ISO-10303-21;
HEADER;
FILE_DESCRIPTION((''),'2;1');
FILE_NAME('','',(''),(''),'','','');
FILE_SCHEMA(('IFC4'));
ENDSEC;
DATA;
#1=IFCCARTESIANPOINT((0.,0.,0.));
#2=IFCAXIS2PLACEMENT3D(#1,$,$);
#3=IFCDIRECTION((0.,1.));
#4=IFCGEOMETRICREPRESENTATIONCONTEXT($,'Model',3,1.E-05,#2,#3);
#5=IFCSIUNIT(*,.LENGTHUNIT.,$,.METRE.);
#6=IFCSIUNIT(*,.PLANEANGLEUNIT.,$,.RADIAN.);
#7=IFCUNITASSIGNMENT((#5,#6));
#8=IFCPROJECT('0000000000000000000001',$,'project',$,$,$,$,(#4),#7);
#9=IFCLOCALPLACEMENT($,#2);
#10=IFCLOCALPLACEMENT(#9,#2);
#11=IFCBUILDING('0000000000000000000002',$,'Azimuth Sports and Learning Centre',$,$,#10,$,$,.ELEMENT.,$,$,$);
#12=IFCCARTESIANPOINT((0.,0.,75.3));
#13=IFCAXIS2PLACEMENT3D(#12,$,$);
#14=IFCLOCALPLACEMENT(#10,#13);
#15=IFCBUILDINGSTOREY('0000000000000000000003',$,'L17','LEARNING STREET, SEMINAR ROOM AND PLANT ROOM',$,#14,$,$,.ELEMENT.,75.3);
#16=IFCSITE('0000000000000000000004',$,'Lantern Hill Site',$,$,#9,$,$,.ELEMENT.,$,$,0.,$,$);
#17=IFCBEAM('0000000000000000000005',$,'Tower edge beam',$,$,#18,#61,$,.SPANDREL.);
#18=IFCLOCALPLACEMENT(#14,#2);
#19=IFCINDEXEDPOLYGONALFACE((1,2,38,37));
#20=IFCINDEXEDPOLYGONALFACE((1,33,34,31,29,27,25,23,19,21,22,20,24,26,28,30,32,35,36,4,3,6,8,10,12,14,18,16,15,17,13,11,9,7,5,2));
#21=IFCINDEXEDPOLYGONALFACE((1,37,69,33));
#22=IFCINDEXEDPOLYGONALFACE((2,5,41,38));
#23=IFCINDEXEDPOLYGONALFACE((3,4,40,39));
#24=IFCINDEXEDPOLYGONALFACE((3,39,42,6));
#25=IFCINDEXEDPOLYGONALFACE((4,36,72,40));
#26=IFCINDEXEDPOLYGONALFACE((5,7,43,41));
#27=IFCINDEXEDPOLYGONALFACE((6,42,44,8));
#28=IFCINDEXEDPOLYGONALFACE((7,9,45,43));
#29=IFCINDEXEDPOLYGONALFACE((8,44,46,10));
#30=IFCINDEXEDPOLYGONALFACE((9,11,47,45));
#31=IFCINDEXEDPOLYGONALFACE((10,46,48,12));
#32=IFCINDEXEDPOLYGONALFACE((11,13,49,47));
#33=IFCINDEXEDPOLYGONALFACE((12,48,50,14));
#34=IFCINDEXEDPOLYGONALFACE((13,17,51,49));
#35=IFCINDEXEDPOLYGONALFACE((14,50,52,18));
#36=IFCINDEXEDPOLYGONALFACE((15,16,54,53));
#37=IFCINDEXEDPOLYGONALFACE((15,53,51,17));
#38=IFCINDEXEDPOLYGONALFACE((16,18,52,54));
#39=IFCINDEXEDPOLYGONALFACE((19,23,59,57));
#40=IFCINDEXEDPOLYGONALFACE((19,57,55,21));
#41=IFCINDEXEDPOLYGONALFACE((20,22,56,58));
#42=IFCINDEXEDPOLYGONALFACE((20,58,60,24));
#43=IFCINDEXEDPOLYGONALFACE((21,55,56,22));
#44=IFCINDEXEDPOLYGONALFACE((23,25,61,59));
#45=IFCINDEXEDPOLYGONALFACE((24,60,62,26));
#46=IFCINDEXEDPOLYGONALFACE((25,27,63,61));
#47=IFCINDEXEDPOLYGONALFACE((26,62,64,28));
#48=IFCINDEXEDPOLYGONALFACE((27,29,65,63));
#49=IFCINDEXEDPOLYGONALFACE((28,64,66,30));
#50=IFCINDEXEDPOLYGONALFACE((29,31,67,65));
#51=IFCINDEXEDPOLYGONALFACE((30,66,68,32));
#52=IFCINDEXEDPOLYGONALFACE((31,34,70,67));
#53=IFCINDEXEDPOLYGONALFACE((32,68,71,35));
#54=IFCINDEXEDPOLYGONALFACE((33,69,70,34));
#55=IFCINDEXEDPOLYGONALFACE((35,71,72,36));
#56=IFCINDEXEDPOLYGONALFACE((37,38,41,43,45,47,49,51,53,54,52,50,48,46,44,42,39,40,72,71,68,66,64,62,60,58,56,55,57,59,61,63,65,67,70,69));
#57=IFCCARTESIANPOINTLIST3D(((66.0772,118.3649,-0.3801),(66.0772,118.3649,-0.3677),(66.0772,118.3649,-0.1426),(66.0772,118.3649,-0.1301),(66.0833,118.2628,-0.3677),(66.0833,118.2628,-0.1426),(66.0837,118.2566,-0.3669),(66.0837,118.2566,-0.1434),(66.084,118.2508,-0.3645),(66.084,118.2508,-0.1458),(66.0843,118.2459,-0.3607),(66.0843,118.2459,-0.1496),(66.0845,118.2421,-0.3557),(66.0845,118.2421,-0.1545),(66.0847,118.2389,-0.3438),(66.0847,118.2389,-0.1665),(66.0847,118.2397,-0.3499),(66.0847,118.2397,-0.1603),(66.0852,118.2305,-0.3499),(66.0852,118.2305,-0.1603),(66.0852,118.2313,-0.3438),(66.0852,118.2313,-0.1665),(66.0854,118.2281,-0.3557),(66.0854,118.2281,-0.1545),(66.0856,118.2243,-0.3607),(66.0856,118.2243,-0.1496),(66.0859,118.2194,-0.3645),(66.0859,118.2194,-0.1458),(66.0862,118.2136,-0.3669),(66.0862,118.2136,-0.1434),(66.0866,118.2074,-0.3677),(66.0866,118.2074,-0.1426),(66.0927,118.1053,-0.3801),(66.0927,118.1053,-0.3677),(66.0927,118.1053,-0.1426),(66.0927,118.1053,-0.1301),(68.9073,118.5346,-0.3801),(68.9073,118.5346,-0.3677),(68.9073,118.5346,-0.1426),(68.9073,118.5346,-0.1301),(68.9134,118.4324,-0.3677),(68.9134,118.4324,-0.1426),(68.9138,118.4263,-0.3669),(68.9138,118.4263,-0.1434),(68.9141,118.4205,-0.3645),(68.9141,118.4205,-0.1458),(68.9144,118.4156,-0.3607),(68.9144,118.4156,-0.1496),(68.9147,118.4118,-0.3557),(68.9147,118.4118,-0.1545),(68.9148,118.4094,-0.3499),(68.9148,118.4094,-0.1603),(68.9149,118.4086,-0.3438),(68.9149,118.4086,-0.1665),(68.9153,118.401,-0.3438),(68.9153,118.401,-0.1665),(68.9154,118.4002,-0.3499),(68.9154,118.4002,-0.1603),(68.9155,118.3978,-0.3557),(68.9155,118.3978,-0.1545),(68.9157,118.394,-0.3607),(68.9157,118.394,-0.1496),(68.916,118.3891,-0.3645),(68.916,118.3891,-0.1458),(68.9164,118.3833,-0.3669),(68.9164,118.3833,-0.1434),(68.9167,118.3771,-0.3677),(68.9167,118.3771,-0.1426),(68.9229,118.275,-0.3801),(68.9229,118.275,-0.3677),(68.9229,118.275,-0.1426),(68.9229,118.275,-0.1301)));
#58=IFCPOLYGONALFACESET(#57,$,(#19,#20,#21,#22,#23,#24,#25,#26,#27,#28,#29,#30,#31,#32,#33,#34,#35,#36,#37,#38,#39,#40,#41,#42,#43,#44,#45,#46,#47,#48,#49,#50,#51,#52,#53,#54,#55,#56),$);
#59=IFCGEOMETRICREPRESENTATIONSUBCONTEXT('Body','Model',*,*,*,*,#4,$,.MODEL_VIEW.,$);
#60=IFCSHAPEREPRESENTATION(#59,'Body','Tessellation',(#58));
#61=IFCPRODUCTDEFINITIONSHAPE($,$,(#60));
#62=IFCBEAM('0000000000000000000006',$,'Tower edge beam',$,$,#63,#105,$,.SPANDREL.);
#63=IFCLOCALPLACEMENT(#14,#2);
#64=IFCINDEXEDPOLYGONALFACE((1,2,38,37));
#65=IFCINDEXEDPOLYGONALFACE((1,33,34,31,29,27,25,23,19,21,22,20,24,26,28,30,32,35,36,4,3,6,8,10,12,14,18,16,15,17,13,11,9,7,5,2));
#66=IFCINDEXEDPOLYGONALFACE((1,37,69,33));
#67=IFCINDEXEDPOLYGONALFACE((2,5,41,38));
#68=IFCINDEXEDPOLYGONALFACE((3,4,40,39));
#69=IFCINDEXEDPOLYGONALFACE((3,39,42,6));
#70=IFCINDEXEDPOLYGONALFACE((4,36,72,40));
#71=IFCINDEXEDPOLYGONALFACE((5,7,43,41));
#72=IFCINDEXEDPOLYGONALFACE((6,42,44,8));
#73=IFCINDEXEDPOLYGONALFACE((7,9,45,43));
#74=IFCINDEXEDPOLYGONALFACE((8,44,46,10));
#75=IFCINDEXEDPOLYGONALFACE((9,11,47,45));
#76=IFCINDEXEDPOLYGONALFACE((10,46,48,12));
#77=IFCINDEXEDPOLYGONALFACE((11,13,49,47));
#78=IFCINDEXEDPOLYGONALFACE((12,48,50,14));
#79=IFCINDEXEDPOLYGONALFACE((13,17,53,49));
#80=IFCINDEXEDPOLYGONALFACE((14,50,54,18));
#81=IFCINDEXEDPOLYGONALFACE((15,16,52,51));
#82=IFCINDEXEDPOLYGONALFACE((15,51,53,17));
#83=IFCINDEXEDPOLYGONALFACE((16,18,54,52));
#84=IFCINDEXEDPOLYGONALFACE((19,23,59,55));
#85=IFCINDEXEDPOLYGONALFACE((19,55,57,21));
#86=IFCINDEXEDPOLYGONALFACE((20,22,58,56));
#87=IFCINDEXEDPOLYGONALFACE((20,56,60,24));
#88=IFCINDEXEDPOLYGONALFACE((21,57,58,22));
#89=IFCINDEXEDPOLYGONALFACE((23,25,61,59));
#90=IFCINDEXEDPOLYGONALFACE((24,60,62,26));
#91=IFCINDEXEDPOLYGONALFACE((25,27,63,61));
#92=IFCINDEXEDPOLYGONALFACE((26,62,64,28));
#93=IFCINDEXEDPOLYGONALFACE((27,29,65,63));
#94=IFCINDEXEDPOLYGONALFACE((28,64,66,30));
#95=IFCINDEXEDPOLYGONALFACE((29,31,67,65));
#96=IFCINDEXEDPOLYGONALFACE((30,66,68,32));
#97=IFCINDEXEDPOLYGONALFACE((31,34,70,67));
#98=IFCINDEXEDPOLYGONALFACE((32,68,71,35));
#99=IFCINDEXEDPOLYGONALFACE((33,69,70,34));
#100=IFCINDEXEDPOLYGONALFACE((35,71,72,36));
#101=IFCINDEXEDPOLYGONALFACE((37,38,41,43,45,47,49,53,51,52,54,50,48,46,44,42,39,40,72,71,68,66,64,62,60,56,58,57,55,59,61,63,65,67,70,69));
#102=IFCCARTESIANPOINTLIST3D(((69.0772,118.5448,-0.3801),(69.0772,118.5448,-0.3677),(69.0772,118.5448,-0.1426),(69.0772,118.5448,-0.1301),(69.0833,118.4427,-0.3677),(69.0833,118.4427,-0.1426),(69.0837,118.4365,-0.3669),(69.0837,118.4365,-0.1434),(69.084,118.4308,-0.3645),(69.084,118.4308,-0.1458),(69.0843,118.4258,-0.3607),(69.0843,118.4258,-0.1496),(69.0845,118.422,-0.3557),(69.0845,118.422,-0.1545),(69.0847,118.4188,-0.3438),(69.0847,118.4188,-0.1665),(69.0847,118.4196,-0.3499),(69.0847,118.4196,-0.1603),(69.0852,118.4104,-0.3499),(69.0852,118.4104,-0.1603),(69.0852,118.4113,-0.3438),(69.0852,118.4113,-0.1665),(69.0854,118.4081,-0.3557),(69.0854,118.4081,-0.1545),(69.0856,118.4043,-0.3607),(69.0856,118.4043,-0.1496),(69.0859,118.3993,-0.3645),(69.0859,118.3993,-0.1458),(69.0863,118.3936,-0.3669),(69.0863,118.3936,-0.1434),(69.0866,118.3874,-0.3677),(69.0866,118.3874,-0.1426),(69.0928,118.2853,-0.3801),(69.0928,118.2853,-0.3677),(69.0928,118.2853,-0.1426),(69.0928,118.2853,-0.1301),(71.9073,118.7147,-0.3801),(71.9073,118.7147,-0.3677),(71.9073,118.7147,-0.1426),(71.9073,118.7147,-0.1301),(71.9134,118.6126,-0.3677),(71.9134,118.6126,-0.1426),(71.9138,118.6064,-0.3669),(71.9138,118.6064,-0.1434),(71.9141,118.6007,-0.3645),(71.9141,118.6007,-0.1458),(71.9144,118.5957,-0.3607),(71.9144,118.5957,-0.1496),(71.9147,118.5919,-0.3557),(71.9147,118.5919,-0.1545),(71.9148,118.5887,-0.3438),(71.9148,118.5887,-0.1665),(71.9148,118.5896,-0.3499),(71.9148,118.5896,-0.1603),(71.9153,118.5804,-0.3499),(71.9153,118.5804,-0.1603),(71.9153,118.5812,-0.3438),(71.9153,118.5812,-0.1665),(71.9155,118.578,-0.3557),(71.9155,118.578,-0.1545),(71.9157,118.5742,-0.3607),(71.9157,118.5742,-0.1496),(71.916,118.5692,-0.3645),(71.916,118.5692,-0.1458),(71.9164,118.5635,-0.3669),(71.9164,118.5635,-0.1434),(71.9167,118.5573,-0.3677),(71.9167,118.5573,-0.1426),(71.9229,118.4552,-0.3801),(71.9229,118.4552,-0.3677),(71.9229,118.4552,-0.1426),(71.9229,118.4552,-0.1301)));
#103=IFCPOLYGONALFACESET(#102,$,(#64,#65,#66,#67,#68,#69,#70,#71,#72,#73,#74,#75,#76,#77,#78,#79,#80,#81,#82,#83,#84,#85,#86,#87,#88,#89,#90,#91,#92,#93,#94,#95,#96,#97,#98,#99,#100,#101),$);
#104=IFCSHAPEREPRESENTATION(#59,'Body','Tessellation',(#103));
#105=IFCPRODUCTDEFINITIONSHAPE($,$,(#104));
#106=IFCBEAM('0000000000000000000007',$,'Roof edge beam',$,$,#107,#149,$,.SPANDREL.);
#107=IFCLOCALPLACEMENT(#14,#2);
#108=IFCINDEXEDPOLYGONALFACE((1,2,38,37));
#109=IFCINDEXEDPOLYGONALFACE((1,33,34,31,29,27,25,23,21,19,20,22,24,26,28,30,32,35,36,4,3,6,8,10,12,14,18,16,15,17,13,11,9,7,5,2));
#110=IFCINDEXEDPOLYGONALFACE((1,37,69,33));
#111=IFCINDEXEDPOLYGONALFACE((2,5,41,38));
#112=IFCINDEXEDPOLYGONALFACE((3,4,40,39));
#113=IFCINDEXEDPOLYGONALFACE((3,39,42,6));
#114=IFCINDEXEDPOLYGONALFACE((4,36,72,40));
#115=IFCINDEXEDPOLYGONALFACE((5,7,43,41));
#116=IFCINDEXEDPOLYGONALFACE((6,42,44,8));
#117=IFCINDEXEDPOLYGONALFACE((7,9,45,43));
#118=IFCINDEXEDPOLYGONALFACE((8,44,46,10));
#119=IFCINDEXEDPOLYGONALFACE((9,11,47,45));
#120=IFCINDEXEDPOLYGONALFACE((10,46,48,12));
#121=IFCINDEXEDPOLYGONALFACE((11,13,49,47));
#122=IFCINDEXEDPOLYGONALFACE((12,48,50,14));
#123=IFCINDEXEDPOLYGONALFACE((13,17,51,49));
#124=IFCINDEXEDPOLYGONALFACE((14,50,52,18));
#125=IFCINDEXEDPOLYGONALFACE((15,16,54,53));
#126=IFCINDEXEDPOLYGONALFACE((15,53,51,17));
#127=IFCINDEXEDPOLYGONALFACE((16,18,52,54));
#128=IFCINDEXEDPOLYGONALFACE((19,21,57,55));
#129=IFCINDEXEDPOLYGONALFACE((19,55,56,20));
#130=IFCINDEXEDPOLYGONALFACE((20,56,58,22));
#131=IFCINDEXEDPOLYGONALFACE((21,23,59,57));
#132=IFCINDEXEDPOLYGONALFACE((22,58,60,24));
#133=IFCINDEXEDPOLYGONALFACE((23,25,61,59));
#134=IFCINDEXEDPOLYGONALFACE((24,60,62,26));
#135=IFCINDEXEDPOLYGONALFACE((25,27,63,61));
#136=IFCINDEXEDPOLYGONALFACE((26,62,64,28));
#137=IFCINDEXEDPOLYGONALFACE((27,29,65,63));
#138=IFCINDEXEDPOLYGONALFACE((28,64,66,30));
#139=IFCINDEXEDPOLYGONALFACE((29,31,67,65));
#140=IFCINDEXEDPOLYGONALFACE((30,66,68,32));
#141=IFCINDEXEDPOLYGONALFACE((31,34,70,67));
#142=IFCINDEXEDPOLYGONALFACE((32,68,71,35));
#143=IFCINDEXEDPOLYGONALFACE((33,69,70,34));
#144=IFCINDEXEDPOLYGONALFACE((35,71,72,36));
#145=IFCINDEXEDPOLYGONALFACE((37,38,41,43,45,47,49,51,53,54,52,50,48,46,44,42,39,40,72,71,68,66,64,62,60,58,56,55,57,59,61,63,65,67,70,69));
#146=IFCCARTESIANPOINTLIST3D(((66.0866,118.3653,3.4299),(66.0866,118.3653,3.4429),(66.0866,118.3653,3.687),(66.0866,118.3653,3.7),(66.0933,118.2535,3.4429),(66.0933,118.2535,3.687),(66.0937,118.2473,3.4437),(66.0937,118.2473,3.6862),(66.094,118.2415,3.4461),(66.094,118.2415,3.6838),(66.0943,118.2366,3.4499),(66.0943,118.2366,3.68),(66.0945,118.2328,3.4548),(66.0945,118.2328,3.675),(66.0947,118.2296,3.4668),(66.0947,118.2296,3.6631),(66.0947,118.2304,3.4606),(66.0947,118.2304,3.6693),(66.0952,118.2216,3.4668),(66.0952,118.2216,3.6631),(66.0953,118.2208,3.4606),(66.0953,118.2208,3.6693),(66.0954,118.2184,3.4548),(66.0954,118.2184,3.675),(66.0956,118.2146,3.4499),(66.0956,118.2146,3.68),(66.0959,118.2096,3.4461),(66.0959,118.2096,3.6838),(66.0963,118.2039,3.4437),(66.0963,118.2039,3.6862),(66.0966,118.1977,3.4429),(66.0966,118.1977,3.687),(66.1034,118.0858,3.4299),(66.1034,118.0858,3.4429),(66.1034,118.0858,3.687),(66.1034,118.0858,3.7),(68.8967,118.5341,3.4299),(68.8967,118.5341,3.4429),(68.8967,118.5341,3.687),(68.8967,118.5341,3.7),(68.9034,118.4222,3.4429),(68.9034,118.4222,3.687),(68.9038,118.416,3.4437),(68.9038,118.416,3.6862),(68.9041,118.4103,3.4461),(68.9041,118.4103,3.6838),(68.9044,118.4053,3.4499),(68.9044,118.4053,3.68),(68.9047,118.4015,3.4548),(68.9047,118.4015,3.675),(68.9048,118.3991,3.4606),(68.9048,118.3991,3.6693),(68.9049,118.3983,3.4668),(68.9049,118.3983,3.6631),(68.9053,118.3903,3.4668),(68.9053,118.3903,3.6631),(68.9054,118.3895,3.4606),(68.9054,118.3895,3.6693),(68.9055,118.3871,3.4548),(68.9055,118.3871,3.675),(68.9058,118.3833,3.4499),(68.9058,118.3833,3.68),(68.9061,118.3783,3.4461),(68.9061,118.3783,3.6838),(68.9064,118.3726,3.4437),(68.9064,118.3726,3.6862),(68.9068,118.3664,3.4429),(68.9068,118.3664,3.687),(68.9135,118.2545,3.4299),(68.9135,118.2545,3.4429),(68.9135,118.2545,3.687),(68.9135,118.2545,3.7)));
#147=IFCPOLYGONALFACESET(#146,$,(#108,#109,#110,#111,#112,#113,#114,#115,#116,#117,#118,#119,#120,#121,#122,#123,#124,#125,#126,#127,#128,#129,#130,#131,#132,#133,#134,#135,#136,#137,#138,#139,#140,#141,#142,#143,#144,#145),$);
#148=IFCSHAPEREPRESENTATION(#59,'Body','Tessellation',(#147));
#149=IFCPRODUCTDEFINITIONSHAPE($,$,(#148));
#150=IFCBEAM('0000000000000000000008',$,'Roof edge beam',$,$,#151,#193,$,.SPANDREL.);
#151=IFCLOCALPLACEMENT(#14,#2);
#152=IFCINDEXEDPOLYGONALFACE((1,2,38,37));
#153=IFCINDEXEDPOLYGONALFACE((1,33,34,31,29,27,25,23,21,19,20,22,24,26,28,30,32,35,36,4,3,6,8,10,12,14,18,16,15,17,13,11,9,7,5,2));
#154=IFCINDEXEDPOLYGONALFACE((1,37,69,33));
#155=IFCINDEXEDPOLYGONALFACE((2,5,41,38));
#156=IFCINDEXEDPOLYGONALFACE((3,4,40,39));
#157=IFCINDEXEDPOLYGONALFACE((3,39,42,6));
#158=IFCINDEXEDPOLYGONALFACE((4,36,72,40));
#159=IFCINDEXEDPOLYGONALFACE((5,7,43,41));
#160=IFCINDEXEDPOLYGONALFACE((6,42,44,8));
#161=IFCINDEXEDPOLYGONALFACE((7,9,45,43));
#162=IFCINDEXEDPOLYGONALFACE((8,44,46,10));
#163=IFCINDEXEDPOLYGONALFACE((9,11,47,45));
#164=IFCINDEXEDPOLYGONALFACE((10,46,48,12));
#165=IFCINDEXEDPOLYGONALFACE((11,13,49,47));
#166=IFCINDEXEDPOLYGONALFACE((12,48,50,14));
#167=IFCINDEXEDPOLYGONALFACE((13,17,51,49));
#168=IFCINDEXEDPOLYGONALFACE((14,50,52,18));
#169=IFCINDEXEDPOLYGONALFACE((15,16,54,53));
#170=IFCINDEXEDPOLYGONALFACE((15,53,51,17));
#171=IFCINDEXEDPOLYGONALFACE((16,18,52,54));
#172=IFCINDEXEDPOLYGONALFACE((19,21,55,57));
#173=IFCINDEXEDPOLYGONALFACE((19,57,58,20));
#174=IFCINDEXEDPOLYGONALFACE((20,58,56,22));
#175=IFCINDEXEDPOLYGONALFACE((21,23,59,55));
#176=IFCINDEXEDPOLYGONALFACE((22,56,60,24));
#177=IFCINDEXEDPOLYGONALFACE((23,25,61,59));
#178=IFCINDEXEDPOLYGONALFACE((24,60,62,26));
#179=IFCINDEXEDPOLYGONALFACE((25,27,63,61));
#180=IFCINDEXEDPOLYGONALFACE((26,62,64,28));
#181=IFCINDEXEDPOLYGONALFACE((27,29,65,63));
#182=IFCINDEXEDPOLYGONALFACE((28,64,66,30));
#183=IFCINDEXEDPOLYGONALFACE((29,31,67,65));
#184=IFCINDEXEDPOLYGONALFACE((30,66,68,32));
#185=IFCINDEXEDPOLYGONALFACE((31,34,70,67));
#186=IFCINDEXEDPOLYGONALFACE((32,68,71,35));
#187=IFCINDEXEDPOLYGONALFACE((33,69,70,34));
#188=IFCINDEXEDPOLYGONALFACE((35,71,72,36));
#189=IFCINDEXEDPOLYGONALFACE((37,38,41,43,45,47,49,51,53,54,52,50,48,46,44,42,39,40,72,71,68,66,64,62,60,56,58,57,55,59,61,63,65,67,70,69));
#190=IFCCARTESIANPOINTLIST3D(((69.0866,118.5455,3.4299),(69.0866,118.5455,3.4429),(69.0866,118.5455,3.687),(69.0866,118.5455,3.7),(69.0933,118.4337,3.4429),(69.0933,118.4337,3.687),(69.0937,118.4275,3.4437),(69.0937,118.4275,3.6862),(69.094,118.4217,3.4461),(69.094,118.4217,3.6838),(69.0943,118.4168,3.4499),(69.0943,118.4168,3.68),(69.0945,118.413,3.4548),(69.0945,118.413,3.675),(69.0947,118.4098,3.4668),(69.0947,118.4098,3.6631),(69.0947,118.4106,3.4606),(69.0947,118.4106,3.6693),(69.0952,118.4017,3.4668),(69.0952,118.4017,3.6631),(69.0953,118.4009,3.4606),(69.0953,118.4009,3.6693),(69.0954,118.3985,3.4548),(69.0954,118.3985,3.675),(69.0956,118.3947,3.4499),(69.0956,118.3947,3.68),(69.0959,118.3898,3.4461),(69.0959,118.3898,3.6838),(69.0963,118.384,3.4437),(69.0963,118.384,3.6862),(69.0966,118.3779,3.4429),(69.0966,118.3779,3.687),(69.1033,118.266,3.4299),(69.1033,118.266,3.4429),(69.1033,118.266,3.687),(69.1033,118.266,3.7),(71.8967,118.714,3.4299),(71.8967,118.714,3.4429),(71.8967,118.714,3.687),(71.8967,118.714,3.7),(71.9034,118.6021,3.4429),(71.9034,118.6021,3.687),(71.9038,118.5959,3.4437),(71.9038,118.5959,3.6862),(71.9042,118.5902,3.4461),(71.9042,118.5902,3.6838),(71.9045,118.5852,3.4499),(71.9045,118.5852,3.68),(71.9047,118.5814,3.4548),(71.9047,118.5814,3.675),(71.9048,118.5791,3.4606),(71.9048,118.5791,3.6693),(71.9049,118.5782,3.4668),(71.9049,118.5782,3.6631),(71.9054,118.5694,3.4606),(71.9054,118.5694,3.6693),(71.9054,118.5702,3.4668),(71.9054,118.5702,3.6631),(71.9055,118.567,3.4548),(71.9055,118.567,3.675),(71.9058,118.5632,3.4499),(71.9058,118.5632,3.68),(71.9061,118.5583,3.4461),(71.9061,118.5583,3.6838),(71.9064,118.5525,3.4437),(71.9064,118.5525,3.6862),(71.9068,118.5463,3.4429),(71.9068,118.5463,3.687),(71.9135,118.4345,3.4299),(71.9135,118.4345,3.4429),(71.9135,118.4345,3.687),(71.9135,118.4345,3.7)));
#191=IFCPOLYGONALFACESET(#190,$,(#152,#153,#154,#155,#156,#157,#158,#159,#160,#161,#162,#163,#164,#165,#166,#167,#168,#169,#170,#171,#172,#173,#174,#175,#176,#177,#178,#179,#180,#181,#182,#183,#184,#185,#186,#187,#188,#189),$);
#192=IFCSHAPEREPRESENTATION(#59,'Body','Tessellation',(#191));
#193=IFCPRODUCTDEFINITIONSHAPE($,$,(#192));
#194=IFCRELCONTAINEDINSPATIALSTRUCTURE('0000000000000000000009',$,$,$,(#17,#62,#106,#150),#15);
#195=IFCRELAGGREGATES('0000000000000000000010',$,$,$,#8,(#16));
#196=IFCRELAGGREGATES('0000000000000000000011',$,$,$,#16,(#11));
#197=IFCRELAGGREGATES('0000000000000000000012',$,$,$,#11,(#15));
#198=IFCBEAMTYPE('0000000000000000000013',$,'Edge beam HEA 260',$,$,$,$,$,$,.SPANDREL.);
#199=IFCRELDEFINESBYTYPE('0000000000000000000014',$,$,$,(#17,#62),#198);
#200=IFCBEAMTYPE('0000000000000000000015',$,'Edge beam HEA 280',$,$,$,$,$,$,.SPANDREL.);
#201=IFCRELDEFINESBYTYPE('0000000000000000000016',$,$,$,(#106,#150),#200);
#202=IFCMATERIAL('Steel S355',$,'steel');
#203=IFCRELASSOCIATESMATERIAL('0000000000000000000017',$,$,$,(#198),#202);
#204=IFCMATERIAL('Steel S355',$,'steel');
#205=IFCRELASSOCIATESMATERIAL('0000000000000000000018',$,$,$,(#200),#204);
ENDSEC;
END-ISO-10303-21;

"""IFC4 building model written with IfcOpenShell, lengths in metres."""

from ifc_helpers import new_model, si_unit, direction, frame, origin, origin_2d, place, context, subcontext, project, spatial, i_section, extrude, material, material_profile, profile_set, type_object, element, save


model = new_model("IFC4")

# Units and contexts
model_context = context("Model", 3, precision=1e-05, world=origin(), true_north=direction((0.0, 1.0)))
body_context = subcontext(model_context, "Body", "Model", "MODEL_VIEW")
ifc_project = project(units=[si_unit("LENGTHUNIT", "METRE"), si_unit("PLANEANGLEUNIT", "RADIAN")], contexts=[model_context])

# Site, building, storey
site_placement = place(None, origin())
site = spatial("IfcSite", under=ifc_project, at=site_placement, Name="Lantern Hill Site", CompositionType="ELEMENT", RefElevation=0.0)
building_placement = place(site_placement, origin())
building = spatial("IfcBuilding", under=site, at=building_placement, Name="Azimuth Sports and Learning Centre", CompositionType="ELEMENT")
storey_placement = place(building_placement, frame((0.0, 0.0, 75.3)))
storey = spatial("IfcBuildingStorey", under=building, at=storey_placement, Name="L17", Description="LEARNING STREET, SEMINAR ROOM AND PLANT ROOM", CompositionType="ELEMENT", Elevation=75.3)

# Beams
ifc_material_1 = material(Name="Steel S355", Category="steel")
ifc_material_profile_1 = material_profile(ifc_material_1, i_section(OverallWidth=0.26, OverallDepth=0.25, WebThickness=0.0076, FlangeThickness=0.0125, FilletRadius=0.0239, at=origin_2d()), Name="HEA 260")
ifc_profile_set_1 = profile_set([ifc_material_profile_1], Name="Steel S355")
beam_type_1 = type_object("IfcBeamType", Name="Edge beam HEA 260", PredefinedType="SPANDREL", material=ifc_profile_set_1)
for number, where, z_axis, x_axis, name in (
    (1, (66.085, 118.2351, -0.2551), (0.998208, 0.059848, 0.0), (-0.059848, 0.998208, 0.0), "Tower edge beam"),
    (2, (69.085, 118.415, -0.2551), (0.998202, 0.059933, 0.0), (-0.059933, 0.998202, 0.0), "Tower edge beam"),
):
    element("IfcBeam", number, at=place(storey_placement, frame(where, z_axis=z_axis, x_axis=x_axis)), inside=storey, type_object=beam_type_1, Name=name, PredefinedType="SPANDREL", context=body_context, shape_type="SweptSolid", body=[
        extrude(i_section(OverallWidth=0.26, OverallDepth=0.25, WebThickness=0.0076, FlangeThickness=0.0125, FilletRadius=0.0239, at=origin_2d()), origin(), (0.0, 0.0, 1.0), 2.8352),
    ])
ifc_material_2 = material(Name="Steel S355", Category="steel")
ifc_material_profile_2 = material_profile(ifc_material_2, i_section(OverallWidth=0.28, OverallDepth=0.27, WebThickness=0.0081, FlangeThickness=0.0129, FilletRadius=0.0239, at=origin_2d()), Name="HEA 280")
ifc_profile_set_2 = profile_set([ifc_material_profile_2], Name="Steel S355")
beam_type_2 = type_object("IfcBeamType", Name="Edge beam HEA 280", PredefinedType="SPANDREL", material=ifc_profile_set_2)
for number, where, z_axis, x_axis, name in (
    (3, (66.095, 118.2256, 3.5649), (0.998203, 0.059927, 0.0), (-0.059927, 0.998203, 0.0), "Roof edge beam"),
    (4, (69.095, 118.4058, 3.5649), (0.998208, 0.05984, 0.0), (-0.05984, 0.998208, 0.0), "Roof edge beam"),
):
    element("IfcBeam", number, at=place(storey_placement, frame(where, z_axis=z_axis, x_axis=x_axis)), inside=storey, type_object=beam_type_2, Name=name, PredefinedType="SPANDREL", context=body_context, shape_type="SweptSolid", body=[
        extrude(i_section(OverallWidth=0.28, OverallDepth=0.27, WebThickness=0.0081, FlangeThickness=0.0129, FilletRadius=0.0239, at=origin_2d()), origin(), (0.0, 0.0, 1.0), 2.8152),
    ])

save(model, "model.ifc")
